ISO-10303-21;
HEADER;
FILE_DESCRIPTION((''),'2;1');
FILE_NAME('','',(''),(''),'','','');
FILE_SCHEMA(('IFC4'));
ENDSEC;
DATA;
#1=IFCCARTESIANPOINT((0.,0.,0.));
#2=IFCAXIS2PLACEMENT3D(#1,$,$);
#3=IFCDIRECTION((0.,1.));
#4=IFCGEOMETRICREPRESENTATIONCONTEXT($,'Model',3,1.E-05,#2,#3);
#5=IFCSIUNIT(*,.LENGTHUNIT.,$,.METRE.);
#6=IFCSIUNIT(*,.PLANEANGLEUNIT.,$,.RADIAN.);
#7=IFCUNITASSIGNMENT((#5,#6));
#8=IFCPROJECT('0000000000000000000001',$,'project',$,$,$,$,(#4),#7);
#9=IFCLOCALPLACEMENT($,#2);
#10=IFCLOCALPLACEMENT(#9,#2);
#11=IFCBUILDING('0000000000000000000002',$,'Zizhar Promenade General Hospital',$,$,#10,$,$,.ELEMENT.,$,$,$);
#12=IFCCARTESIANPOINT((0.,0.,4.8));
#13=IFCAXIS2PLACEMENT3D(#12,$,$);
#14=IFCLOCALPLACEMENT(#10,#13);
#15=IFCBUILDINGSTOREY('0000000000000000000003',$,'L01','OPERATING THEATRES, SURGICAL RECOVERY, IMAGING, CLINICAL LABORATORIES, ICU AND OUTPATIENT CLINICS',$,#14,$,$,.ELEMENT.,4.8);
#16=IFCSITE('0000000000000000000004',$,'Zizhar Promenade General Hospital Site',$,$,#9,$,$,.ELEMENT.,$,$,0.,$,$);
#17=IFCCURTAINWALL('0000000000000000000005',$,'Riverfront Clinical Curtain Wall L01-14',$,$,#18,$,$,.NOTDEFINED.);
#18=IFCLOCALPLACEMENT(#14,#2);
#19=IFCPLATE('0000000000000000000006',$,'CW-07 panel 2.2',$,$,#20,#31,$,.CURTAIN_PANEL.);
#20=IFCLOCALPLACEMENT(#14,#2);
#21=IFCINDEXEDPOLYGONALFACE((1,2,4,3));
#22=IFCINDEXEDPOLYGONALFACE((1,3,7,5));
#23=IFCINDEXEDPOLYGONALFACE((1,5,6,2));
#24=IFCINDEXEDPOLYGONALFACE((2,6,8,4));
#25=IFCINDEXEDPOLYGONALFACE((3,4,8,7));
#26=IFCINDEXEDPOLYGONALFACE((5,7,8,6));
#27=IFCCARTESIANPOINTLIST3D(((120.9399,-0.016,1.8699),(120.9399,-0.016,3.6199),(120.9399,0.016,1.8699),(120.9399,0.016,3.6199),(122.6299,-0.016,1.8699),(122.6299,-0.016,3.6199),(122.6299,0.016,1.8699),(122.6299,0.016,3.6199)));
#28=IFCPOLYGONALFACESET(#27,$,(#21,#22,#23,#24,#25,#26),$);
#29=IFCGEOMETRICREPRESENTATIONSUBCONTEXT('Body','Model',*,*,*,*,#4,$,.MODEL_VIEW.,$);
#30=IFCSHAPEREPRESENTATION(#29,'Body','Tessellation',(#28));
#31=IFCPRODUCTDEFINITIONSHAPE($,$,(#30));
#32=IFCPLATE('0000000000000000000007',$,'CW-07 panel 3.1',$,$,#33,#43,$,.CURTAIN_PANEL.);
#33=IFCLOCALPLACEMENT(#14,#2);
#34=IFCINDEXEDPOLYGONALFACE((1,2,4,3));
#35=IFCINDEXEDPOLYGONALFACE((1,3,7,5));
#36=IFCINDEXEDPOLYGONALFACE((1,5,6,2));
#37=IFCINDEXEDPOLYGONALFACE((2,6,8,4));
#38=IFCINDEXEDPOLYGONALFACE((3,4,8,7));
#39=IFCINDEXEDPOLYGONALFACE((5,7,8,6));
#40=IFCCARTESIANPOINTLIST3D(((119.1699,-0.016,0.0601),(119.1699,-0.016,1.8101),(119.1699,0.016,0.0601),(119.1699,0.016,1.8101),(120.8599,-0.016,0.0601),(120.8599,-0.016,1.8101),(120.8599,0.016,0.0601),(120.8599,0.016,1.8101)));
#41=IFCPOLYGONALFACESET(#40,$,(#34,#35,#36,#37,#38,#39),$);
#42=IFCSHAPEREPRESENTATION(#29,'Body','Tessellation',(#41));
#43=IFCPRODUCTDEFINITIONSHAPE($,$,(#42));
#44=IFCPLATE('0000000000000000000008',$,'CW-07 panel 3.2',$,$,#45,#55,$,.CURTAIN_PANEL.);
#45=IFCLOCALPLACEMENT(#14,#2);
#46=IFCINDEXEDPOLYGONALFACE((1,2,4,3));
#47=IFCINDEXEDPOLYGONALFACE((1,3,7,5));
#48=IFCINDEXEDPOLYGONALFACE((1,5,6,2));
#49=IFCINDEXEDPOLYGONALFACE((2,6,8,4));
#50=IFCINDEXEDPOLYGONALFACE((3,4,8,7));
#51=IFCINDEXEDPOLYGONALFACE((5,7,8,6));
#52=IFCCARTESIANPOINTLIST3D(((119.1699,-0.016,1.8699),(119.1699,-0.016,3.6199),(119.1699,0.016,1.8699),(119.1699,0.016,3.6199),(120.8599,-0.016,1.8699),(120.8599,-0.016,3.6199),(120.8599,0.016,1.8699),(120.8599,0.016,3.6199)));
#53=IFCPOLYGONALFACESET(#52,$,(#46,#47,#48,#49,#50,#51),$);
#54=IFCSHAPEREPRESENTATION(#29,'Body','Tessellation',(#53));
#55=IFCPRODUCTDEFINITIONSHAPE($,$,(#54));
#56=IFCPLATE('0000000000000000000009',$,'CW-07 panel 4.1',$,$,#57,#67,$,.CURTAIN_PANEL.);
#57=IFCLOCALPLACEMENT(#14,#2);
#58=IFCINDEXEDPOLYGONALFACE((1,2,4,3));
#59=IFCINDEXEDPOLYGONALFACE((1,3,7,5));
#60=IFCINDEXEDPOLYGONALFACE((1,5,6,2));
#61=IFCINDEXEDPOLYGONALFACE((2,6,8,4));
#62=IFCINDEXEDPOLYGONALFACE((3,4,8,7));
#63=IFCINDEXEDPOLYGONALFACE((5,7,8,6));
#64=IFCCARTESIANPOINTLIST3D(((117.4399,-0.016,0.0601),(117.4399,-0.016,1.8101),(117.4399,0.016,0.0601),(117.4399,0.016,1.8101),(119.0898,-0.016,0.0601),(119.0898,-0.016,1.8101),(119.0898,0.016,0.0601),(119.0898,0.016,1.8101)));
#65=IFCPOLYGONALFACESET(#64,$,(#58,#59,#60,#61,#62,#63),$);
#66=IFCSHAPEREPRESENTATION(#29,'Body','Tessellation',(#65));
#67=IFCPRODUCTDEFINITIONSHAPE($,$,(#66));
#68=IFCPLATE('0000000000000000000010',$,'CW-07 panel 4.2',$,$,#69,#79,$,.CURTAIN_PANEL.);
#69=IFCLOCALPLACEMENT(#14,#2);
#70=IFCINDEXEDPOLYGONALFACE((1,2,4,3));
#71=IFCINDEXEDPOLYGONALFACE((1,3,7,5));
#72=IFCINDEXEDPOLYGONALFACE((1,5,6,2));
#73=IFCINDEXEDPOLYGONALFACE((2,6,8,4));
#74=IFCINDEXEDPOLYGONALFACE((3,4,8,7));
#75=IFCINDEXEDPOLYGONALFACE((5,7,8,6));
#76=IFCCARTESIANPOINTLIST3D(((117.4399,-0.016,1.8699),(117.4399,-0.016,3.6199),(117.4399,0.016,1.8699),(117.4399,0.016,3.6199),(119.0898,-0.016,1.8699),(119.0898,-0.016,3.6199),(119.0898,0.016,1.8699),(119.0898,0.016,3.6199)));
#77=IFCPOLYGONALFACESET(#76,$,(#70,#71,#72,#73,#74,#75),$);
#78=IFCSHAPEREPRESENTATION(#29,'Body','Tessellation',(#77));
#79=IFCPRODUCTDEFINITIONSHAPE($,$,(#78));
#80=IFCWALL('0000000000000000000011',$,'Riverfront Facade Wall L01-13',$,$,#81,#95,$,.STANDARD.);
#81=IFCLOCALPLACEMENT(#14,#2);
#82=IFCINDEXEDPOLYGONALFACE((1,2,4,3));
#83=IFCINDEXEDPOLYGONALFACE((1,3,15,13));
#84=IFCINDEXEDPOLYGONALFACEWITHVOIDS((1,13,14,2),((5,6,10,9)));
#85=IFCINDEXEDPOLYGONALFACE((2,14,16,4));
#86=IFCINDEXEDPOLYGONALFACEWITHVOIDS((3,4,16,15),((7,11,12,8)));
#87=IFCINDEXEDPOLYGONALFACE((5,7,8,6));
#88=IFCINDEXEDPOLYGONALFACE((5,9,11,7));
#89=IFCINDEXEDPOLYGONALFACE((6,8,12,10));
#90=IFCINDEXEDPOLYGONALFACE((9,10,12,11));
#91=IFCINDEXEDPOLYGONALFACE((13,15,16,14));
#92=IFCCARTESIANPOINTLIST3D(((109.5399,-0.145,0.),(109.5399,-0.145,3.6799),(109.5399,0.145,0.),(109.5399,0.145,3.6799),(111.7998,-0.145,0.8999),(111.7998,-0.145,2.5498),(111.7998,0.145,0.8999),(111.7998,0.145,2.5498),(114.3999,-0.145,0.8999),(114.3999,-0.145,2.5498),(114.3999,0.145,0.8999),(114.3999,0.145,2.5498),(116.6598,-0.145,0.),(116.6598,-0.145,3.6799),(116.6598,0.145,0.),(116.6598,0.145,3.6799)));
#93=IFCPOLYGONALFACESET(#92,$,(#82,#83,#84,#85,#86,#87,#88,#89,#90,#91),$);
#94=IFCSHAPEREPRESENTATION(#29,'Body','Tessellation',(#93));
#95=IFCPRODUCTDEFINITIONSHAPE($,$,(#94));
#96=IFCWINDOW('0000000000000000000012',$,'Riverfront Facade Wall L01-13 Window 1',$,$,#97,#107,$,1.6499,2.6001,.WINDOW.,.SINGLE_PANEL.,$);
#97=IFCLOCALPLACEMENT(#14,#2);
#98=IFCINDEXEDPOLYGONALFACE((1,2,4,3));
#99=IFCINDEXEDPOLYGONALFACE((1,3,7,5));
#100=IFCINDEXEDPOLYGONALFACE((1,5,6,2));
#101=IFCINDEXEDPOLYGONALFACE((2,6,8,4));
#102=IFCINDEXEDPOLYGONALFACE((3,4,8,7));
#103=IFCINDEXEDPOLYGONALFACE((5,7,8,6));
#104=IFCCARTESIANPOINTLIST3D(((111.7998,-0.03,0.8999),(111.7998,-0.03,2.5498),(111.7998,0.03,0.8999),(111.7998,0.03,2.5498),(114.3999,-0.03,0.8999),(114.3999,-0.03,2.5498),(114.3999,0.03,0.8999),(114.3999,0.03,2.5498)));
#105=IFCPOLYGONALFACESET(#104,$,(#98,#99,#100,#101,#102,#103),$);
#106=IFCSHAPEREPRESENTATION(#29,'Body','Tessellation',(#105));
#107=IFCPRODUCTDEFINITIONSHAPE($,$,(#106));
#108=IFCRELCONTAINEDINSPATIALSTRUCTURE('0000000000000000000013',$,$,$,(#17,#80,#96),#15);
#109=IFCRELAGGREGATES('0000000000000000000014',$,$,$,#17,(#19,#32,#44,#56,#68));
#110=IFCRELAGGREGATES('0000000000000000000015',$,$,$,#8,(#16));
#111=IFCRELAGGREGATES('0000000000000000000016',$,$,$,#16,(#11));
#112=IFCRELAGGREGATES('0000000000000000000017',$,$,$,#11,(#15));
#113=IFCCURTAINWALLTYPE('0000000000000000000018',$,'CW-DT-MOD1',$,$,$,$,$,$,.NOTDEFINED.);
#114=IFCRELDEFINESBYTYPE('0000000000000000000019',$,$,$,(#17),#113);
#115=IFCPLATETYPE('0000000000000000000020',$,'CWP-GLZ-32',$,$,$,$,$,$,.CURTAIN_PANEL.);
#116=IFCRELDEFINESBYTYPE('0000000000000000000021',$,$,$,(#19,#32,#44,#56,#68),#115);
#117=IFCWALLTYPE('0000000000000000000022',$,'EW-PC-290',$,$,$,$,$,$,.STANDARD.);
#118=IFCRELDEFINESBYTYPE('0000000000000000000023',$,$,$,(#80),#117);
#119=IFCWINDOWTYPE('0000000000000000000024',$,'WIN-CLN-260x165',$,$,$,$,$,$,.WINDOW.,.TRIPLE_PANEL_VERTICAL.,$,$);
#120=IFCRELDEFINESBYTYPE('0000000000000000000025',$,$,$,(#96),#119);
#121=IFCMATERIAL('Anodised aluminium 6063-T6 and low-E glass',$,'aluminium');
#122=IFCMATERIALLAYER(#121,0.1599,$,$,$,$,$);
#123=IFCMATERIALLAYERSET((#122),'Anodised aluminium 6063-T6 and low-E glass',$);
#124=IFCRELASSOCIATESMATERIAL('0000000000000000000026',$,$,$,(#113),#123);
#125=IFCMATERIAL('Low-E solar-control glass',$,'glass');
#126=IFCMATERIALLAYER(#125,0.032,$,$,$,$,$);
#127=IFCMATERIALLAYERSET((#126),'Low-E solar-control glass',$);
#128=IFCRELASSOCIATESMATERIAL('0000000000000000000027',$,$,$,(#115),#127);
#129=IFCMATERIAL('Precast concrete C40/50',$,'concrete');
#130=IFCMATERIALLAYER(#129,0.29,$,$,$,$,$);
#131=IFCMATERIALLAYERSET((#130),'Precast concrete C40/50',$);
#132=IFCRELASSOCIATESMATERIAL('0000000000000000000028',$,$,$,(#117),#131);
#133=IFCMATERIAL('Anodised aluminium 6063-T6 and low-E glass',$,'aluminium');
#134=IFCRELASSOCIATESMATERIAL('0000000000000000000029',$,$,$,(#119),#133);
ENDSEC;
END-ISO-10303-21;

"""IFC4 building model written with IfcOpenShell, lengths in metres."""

from ifc_helpers import new_model, si_unit, direction, frame, frame_2d, origin, origin_2d, place, context, subcontext, project, spatial, rectangle, extrude, material, layer, layer_set, type_object, element, fill, aggregate, save


model = new_model("IFC4")

# Units and contexts
model_context = context("Model", 3, precision=1e-05, world=origin(), true_north=direction((0.0, 1.0)))
body_context = subcontext(model_context, "Body", "Model", "MODEL_VIEW")
ifc_project = project(units=[si_unit("LENGTHUNIT", "METRE"), si_unit("PLANEANGLEUNIT", "RADIAN")], contexts=[model_context])

# Site, building, storey
site_placement = place(None, origin())
site = spatial("IfcSite", under=ifc_project, at=site_placement, Name="Zizhar Promenade General Hospital Site", CompositionType="ELEMENT", RefElevation=0.0)
building_placement = place(site_placement, origin())
building = spatial("IfcBuilding", under=site, at=building_placement, Name="Zizhar Promenade General Hospital", CompositionType="ELEMENT")
storey_placement = place(building_placement, frame((0.0, 0.0, 4.8)))
storey = spatial("IfcBuildingStorey", under=building, at=storey_placement, Name="L01", Description="OPERATING THEATRES, SURGICAL RECOVERY, IMAGING, CLINICAL LABORATORIES, ICU AND OUTPATIENT CLINICS", CompositionType="ELEMENT", Elevation=4.8)

# Curtain wall, plates
ifc_material_1 = material(Name="Anodised aluminium 6063-T6 and low-E glass", Category="aluminium")
ifc_layer_1 = layer(ifc_material_1, 0.1599)
ifc_layer_set_1 = layer_set([ifc_layer_1], Name="Anodised aluminium 6063-T6 and low-E glass")
curtain_wall_type = type_object("IfcCurtainWallType", Name="CW-DT-MOD1", PredefinedType="NOTDEFINED", material=ifc_layer_set_1)
curtain_wall_placement = place(storey_placement, origin())
curtain_wall = element("IfcCurtainWall", 1, at=curtain_wall_placement, inside=storey, type_object=curtain_wall_type, Name="Riverfront Clinical Curtain Wall L01-14", PredefinedType="NOTDEFINED")
ifc_material_2 = material(Name="Low-E solar-control glass", Category="glass")
ifc_layer_2 = layer(ifc_material_2, 0.032)
ifc_layer_set_2 = layer_set([ifc_layer_2], Name="Low-E solar-control glass")
plate_type = type_object("IfcPlateType", Name="CWP-GLZ-32", PredefinedType="CURTAIN_PANEL", material=ifc_layer_set_2)
plate_1_placement = place(storey_placement, frame((121.7849, 0.0, 1.8699), z_axis=(0.0, 0.0, 1.0), x_axis=(-1.0, 0.0, 0.0)))
plate_1 = element("IfcPlate", 2, at=plate_1_placement, type_object=plate_type, Name="CW-07 panel 2.2", PredefinedType="CURTAIN_PANEL", context=body_context, shape_type="SweptSolid", body=[
    extrude(rectangle(XDim=1.6899, YDim=0.032, at=origin_2d()), origin(), (0.0, 0.0, 1.0), 1.75),
])
plate_2_placement = place(storey_placement, frame((120.0149, 0.0, 0.0601), z_axis=(0.0, 0.0, 1.0), x_axis=(-1.0, 0.0, 0.0)))
plate_2 = element("IfcPlate", 3, at=plate_2_placement, type_object=plate_type, Name="CW-07 panel 3.1", PredefinedType="CURTAIN_PANEL", context=body_context, shape_type="SweptSolid", body=[
    extrude(rectangle(XDim=1.6899, YDim=0.032, at=origin_2d()), origin(), (0.0, 0.0, 1.0), 1.75),
])
plate_3_placement = place(storey_placement, frame((120.0149, 0.0, 1.8699), z_axis=(0.0, 0.0, 1.0), x_axis=(-1.0, 0.0, 0.0)))
plate_3 = element("IfcPlate", 4, at=plate_3_placement, type_object=plate_type, Name="CW-07 panel 3.2", PredefinedType="CURTAIN_PANEL", context=body_context, shape_type="SweptSolid", body=[
    extrude(rectangle(XDim=1.6899, YDim=0.032, at=origin_2d()), origin(), (0.0, 0.0, 1.0), 1.75),
])
plate_4_placement = place(storey_placement, frame((118.2649, 0.0, 0.0601), z_axis=(0.0, 0.0, 1.0), x_axis=(-1.0, 0.0, 0.0)))
plate_4 = element("IfcPlate", 5, at=plate_4_placement, type_object=plate_type, Name="CW-07 panel 4.1", PredefinedType="CURTAIN_PANEL", context=body_context, shape_type="SweptSolid", body=[
    extrude(rectangle(XDim=1.6499, YDim=0.032, at=origin_2d()), origin(), (0.0, 0.0, 1.0), 1.75),
])
plate_5_placement = place(storey_placement, frame((118.2649, 0.0, 1.8699), z_axis=(0.0, 0.0, 1.0), x_axis=(-1.0, 0.0, 0.0)))
plate_5 = element("IfcPlate", 6, at=plate_5_placement, type_object=plate_type, Name="CW-07 panel 4.2", PredefinedType="CURTAIN_PANEL", context=body_context, shape_type="SweptSolid", body=[
    extrude(rectangle(XDim=1.6499, YDim=0.032, at=origin_2d()), origin(), (0.0, 0.0, 1.0), 1.75),
])
aggregate(curtain_wall, [plate_1, plate_2, plate_3, plate_4, plate_5])

# Wall, opening, window
ifc_material_3 = material(Name="Precast concrete C40/50", Category="concrete")
ifc_layer_3 = layer(ifc_material_3, 0.29)
ifc_layer_set_3 = layer_set([ifc_layer_3], Name="Precast concrete C40/50")
wall_type = type_object("IfcWallType", Name="EW-PC-290", PredefinedType="STANDARD", material=ifc_layer_set_3)
wall_placement = place(storey_placement, frame((116.6599, 0.0, 0.0), z_axis=(0.0, 0.0, 1.0), x_axis=(-1.0, 0.0, 0.0)))
wall = element("IfcWall", 7, at=wall_placement, inside=storey, type_object=wall_type, Name="Riverfront Facade Wall L01-13", PredefinedType="STANDARD", context=body_context, shape_type="SweptSolid", body=[
    extrude(rectangle(XDim=7.1199, YDim=0.29, at=frame_2d((3.5601, 0.0))), origin(), (0.0, 0.0, 1.0), 3.6799),
])
opening_placement = place(wall_placement, frame((2.26, 0.0, 0.8999)))
opening = element("IfcOpeningElement", 8, at=opening_placement, cuts=wall, PredefinedType="OPENING", context=body_context, shape_type="SweptSolid", body=[
    extrude(rectangle(XDim=2.6001, YDim=1.6499, at=frame_2d((1.3, 0.825))), frame((0.0, 0.155, 0.0), z_axis=(0.0, -1.0, 0.0), x_axis=(1.0, 0.0, 0.0)), (0.0, 0.0, 1.0), 0.3101),
])
ifc_material_4 = material(Name="Anodised aluminium 6063-T6 and low-E glass", Category="aluminium")
window_type = type_object("IfcWindowType", Name="WIN-CLN-260x165", PartitioningType="TRIPLE_PANEL_VERTICAL", PredefinedType="WINDOW", material=ifc_material_4)
window_placement = place(opening_placement, origin())
window = element("IfcWindow", 9, at=window_placement, inside=storey, type_object=window_type, Name="Riverfront Facade Wall L01-13 Window 1", OverallHeight=1.6499, OverallWidth=2.6001, PartitioningType="SINGLE_PANEL", PredefinedType="WINDOW", context=body_context, shape_type="SweptSolid", body=[
    extrude(rectangle(XDim=2.6001, YDim=1.6499, at=frame_2d((1.3, 0.825))), frame((0.0, 0.03, 0.0), z_axis=(0.0, -1.0, 0.0), x_axis=(1.0, 0.0, 0.0)), (0.0, 0.0, 1.0), 0.0601),
])
fill(opening, window)

save(model, "model.ifc")
